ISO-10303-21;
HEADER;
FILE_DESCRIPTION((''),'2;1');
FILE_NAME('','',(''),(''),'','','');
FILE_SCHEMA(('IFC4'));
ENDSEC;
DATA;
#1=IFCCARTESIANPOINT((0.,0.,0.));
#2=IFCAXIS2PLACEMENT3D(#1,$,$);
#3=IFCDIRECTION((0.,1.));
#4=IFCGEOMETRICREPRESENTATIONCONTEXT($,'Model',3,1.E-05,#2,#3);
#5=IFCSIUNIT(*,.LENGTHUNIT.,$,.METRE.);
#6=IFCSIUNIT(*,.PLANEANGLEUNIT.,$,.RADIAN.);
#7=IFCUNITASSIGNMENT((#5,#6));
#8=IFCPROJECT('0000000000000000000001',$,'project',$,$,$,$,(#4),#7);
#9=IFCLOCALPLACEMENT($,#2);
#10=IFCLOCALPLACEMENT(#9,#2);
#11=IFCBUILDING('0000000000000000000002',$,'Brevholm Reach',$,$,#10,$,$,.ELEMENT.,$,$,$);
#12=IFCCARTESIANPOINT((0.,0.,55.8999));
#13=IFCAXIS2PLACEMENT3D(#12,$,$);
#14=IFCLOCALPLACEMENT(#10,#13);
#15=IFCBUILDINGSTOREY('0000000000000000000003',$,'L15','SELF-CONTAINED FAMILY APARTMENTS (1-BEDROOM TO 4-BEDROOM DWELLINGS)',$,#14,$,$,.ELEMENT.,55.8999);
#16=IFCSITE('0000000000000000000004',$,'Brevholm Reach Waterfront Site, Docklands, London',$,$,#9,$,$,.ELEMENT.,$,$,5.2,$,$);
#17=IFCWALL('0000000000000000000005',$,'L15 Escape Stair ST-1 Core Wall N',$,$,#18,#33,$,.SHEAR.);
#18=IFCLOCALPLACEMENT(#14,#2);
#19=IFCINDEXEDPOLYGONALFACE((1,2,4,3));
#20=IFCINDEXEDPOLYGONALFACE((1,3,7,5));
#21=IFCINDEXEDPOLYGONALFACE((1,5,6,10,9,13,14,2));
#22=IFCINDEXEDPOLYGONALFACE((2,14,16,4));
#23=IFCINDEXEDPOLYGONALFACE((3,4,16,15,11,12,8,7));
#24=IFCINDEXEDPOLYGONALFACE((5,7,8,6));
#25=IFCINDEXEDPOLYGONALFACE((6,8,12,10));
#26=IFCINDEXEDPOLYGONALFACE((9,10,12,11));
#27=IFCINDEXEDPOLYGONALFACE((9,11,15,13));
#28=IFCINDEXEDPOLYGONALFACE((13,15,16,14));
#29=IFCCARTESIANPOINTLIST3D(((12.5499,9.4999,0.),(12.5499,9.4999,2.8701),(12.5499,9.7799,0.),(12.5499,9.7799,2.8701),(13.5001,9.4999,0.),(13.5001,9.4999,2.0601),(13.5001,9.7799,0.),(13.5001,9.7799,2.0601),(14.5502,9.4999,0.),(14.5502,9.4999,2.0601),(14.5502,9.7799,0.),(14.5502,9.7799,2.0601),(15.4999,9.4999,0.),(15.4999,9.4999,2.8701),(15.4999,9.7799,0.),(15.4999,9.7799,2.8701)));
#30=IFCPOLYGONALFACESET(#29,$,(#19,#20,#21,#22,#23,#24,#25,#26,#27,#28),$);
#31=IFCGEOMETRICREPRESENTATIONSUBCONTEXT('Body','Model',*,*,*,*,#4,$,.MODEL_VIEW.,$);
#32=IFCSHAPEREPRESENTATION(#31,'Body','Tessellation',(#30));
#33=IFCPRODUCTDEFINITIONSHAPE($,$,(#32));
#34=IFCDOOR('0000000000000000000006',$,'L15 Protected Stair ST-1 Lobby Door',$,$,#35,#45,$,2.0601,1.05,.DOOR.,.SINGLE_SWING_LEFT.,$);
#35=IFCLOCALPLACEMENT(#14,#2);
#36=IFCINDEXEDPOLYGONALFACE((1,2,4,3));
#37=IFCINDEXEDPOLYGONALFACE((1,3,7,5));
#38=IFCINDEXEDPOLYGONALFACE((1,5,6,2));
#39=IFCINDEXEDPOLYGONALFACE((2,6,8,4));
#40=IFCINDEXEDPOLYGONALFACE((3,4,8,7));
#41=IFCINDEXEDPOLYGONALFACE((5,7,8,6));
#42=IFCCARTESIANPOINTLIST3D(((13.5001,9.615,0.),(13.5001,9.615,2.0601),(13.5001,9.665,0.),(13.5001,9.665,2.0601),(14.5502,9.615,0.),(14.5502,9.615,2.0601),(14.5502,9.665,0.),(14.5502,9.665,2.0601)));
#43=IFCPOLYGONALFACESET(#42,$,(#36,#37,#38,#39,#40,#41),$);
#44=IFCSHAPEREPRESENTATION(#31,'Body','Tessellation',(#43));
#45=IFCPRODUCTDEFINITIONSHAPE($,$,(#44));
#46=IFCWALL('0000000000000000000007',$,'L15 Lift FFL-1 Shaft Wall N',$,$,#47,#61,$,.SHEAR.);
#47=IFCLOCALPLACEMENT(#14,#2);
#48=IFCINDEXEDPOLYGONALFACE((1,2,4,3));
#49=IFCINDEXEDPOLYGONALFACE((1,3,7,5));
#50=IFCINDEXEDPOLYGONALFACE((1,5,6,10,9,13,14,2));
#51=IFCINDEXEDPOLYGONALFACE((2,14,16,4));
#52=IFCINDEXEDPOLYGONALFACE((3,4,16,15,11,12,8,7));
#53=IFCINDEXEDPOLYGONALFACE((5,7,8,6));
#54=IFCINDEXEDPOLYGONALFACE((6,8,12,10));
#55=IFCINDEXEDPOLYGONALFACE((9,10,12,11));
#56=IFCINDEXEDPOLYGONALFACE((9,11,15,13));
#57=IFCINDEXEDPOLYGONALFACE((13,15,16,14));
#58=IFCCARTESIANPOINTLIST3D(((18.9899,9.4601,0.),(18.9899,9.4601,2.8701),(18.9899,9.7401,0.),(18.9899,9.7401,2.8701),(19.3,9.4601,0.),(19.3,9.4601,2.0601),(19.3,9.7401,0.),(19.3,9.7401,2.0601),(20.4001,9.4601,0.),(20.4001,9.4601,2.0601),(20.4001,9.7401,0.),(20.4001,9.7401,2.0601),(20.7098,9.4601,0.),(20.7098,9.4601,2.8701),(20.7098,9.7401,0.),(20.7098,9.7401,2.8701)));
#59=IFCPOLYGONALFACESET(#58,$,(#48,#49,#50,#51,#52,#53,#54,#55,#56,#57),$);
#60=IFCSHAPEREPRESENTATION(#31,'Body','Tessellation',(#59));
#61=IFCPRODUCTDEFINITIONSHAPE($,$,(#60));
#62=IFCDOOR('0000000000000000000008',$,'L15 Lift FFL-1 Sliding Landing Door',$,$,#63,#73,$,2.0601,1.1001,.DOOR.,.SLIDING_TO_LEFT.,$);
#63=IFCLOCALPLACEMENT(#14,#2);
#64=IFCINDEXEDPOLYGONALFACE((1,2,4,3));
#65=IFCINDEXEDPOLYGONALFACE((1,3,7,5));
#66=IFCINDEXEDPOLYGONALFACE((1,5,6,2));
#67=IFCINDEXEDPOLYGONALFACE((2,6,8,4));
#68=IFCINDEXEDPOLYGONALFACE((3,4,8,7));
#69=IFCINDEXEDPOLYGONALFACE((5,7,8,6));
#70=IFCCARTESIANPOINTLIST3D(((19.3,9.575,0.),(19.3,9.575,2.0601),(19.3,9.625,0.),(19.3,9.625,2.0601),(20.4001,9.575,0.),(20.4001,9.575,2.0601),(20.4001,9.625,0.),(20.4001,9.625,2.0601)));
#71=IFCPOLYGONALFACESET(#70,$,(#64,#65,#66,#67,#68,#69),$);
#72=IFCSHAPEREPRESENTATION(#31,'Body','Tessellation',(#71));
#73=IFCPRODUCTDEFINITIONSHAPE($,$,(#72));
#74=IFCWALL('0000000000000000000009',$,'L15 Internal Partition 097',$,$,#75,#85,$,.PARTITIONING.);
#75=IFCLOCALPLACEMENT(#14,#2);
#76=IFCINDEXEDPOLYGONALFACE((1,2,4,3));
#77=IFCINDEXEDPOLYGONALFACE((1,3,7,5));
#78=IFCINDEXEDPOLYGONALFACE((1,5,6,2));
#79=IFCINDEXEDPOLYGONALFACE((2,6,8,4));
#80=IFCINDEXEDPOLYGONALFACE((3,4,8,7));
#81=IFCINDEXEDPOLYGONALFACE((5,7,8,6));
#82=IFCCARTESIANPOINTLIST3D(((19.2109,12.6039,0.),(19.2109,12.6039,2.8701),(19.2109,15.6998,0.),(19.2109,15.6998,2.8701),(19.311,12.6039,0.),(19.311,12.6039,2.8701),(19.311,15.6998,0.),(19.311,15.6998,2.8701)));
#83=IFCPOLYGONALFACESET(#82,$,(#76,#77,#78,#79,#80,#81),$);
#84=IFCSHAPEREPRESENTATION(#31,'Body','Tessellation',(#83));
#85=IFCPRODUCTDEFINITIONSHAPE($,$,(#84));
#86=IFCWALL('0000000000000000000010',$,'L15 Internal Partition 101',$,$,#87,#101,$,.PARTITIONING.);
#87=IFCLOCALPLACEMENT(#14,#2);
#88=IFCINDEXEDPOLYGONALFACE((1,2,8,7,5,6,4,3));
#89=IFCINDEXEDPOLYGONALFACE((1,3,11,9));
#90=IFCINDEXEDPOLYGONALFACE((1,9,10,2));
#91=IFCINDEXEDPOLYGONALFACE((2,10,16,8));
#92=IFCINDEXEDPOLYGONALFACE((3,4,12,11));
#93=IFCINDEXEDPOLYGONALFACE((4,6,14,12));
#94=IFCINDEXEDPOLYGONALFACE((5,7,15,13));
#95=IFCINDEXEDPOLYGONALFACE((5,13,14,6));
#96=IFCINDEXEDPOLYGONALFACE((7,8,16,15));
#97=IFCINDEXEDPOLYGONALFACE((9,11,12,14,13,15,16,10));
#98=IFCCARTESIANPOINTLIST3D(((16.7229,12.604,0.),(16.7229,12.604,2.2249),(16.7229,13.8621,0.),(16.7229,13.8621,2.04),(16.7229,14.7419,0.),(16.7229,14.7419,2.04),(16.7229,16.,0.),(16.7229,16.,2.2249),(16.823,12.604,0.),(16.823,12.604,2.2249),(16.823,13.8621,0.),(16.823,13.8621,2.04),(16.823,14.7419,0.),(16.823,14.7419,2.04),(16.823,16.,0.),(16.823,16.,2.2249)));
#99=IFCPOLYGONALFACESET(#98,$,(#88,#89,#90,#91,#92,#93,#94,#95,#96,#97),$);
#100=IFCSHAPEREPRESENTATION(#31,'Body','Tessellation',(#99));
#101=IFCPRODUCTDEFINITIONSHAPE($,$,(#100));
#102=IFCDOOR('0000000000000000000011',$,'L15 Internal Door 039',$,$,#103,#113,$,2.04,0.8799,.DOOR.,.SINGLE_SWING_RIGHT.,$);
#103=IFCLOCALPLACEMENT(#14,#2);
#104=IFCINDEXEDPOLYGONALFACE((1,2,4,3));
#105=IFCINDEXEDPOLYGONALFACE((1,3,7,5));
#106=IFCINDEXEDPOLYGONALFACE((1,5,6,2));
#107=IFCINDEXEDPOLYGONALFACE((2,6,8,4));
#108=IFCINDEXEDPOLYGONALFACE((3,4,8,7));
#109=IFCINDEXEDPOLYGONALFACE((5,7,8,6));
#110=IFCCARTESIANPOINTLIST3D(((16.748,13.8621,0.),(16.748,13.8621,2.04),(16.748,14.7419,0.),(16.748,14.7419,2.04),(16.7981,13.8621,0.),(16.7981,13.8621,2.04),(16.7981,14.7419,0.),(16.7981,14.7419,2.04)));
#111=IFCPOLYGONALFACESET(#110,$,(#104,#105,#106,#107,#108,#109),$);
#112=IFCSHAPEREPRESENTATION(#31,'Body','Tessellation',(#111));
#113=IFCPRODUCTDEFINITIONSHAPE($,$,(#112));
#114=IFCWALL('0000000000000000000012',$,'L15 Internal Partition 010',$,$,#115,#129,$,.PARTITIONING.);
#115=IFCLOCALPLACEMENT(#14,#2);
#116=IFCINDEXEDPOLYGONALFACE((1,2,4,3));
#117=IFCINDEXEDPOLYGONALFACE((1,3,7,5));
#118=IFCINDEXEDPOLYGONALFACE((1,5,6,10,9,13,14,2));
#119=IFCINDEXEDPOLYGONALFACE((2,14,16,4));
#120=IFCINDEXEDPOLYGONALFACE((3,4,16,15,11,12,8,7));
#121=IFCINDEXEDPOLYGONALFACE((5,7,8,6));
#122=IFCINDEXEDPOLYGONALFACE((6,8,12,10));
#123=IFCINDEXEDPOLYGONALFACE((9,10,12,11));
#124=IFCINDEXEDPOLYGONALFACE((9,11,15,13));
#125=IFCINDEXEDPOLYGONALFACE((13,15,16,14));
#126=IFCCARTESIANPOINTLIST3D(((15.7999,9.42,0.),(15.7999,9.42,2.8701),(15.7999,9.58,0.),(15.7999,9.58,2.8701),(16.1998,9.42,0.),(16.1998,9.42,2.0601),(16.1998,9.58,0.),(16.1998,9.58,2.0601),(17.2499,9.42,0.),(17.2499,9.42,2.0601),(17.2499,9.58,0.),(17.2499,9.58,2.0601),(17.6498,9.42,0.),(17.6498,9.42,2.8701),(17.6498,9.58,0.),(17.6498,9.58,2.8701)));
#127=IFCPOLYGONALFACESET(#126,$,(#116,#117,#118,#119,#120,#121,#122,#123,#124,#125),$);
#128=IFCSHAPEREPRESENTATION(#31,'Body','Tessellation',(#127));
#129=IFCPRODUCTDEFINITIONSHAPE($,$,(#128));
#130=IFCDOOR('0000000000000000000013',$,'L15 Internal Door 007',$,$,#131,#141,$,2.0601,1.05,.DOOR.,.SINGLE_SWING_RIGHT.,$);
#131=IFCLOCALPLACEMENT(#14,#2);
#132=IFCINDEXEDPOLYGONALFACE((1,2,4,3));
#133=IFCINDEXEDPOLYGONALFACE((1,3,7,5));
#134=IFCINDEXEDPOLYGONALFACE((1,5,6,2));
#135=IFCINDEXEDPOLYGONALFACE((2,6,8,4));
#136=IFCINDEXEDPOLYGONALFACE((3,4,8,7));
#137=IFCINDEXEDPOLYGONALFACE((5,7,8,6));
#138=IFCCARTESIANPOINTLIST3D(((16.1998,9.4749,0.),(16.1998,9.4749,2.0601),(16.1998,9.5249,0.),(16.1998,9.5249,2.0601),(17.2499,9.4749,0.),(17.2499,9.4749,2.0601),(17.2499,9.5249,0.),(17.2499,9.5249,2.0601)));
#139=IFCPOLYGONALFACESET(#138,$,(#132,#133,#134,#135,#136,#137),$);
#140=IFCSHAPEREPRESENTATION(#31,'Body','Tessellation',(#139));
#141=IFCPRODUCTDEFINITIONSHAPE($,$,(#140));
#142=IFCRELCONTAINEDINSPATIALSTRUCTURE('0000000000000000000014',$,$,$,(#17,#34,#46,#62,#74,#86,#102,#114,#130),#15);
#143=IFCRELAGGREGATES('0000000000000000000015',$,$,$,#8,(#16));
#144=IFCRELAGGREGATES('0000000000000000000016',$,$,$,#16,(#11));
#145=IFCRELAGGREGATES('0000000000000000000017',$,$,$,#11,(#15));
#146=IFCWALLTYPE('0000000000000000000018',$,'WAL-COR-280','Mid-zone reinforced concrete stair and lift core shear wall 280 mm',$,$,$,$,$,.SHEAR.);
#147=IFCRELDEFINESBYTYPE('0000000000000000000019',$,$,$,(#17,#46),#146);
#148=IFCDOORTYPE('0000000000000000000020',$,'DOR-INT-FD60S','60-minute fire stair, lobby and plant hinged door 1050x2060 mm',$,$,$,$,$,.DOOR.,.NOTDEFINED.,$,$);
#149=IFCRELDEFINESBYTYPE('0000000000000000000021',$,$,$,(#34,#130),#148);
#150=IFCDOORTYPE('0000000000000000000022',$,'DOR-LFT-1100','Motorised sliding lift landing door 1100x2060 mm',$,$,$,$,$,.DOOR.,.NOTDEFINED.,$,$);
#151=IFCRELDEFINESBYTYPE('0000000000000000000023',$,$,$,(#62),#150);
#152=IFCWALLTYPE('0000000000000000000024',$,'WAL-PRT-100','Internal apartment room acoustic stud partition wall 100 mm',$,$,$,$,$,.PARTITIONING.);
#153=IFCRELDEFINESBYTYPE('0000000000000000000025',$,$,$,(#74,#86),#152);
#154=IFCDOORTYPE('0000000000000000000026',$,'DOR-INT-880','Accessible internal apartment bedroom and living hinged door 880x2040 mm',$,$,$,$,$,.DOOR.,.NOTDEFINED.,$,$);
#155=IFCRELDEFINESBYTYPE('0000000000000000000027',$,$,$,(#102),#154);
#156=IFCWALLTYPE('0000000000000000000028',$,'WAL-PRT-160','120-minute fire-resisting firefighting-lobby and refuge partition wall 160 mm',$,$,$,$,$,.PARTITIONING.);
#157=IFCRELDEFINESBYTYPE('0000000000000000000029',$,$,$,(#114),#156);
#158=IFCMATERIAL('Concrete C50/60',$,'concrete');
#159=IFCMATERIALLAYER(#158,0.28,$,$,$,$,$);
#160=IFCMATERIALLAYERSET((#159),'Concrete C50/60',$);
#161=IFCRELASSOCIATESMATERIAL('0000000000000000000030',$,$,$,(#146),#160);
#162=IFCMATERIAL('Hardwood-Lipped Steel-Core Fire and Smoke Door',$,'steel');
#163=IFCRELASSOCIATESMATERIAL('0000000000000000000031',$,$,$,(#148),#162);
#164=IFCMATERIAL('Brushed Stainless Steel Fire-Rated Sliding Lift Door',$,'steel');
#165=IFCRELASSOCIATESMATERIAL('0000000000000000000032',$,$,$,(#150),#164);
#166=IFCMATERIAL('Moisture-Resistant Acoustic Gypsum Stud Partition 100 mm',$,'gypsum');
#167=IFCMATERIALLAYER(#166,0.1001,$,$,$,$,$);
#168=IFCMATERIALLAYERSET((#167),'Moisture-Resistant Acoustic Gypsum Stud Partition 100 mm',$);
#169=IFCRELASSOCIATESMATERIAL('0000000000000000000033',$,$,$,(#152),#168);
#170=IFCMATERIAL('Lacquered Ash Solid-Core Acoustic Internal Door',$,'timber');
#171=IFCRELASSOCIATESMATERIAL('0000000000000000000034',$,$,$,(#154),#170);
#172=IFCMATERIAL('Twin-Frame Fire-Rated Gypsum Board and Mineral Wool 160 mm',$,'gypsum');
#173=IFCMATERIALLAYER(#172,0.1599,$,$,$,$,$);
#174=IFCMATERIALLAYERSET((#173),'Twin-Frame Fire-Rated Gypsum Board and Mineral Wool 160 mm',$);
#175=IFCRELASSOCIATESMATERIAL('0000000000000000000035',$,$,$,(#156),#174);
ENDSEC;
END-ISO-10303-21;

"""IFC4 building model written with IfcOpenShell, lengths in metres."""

from ifc_helpers import new_model, si_unit, direction, frame, frame_2d, origin, place, context, subcontext, project, spatial, rectangle, extrude, material, layer, layer_set, type_object, element, fill, save


model = new_model("IFC4")

# Units and contexts
model_context = context("Model", 3, precision=1e-05, world=origin(), true_north=direction((0.0, 1.0)))
body_context = subcontext(model_context, "Body", "Model", "MODEL_VIEW")
ifc_project = project(units=[si_unit("LENGTHUNIT", "METRE"), si_unit("PLANEANGLEUNIT", "RADIAN")], contexts=[model_context])

# Site, building, storey
site_placement = place(None, origin())
site = spatial("IfcSite", under=ifc_project, at=site_placement, Name="Brevholm Reach Waterfront Site, Docklands, London", CompositionType="ELEMENT", RefElevation=5.2)
building_placement = place(site_placement, origin())
building = spatial("IfcBuilding", under=site, at=building_placement, Name="Brevholm Reach", CompositionType="ELEMENT")
storey_placement = place(building_placement, frame((0.0, 0.0, 55.8999)))
storey = spatial("IfcBuildingStorey", under=building, at=storey_placement, Name="L15", Description="SELF-CONTAINED FAMILY APARTMENTS (1-BEDROOM TO 4-BEDROOM DWELLINGS)", CompositionType="ELEMENT", Elevation=55.8999)

# Walls, openings, doors
ifc_material_1 = material(Name="Concrete C50/60", Category="concrete")
ifc_layer_1 = layer(ifc_material_1, 0.28)
ifc_layer_set_1 = layer_set([ifc_layer_1], Name="Concrete C50/60")
wall_type_1 = type_object("IfcWallType", Name="WAL-COR-280", Description="Mid-zone reinforced concrete stair and lift core shear wall 280 mm", PredefinedType="SHEAR", material=ifc_layer_set_1)
wall_1_placement = place(storey_placement, frame((15.5, 9.6399, 0.0), z_axis=(0.0, 0.0, 1.0), x_axis=(-1.0, 0.0, 0.0)))
wall_1 = element("IfcWall", 1, at=wall_1_placement, inside=storey, type_object=wall_type_1, Name="L15 Escape Stair ST-1 Core Wall N", PredefinedType="SHEAR", context=body_context, shape_type="SweptSolid", body=[
    extrude(rectangle(XDim=2.95, YDim=0.28, at=frame_2d((1.4751, 0.0))), origin(), (0.0, 0.0, 1.0), 2.8701),
])
opening_1_placement = place(wall_1_placement, frame((0.95, 0.0, 0.0)))
opening_1 = element("IfcOpeningElement", 2, at=opening_1_placement, cuts=wall_1, PredefinedType="OPENING", context=body_context, shape_type="SweptSolid", body=[
    extrude(rectangle(XDim=1.05, YDim=2.0601, at=frame_2d((0.5249, 1.03))), frame((0.0, 0.1499, 0.0), z_axis=(0.0, -1.0, 0.0), x_axis=(1.0, 0.0, 0.0)), (0.0, 0.0, 1.0), 0.3),
])
ifc_material_2 = material(Name="Hardwood-Lipped Steel-Core Fire and Smoke Door", Category="steel")
door_type_1 = type_object("IfcDoorType", Name="DOR-INT-FD60S", Description="60-minute fire stair, lobby and plant hinged door 1050x2060 mm", OperationType="NOTDEFINED", PredefinedType="DOOR", material=ifc_material_2)
door_1_placement = place(opening_1_placement, origin())
door_1 = element("IfcDoor", 3, at=door_1_placement, inside=storey, type_object=door_type_1, Name="L15 Protected Stair ST-1 Lobby Door", OperationType="SINGLE_SWING_LEFT", OverallHeight=2.0601, OverallWidth=1.05, PredefinedType="DOOR", context=body_context, shape_type="SweptSolid", body=[
    extrude(rectangle(XDim=1.05, YDim=2.0601, at=frame_2d((0.5249, 1.03))), frame((0.0, 0.0249, 0.0), z_axis=(0.0, -1.0, 0.0), x_axis=(1.0, 0.0, 0.0)), (0.0, 0.0, 1.0), 0.05),
])
fill(opening_1, door_1)
wall_2_placement = place(storey_placement, frame((18.99, 9.6001, 0.0), z_axis=(0.0, 0.0, 1.0), x_axis=(1.0, 0.0, 0.0)))
wall_2 = element("IfcWall", 4, at=wall_2_placement, inside=storey, type_object=wall_type_1, Name="L15 Lift FFL-1 Shaft Wall N", PredefinedType="SHEAR", context=body_context, shape_type="SweptSolid", body=[
    extrude(rectangle(XDim=1.72, YDim=0.28, at=frame_2d((0.8599, 0.0))), origin(), (0.0, 0.0, 1.0), 2.8701),
])
opening_2_placement = place(wall_2_placement, frame((0.3101, 0.0, 0.0)))
opening_2 = element("IfcOpeningElement", 5, at=opening_2_placement, cuts=wall_2, PredefinedType="OPENING", context=body_context, shape_type="SweptSolid", body=[
    extrude(rectangle(XDim=1.1001, YDim=2.0601, at=frame_2d((0.55, 1.03))), frame((0.0, 0.1499, 0.0), z_axis=(0.0, -1.0, 0.0), x_axis=(1.0, 0.0, 0.0)), (0.0, 0.0, 1.0), 0.3),
])
ifc_material_3 = material(Name="Brushed Stainless Steel Fire-Rated Sliding Lift Door", Category="steel")
door_type_2 = type_object("IfcDoorType", Name="DOR-LFT-1100", Description="Motorised sliding lift landing door 1100x2060 mm", OperationType="NOTDEFINED", PredefinedType="DOOR", material=ifc_material_3)
door_2_placement = place(opening_2_placement, origin())
door_2 = element("IfcDoor", 6, at=door_2_placement, inside=storey, type_object=door_type_2, Name="L15 Lift FFL-1 Sliding Landing Door", OperationType="SLIDING_TO_LEFT", OverallHeight=2.0601, OverallWidth=1.1001, PredefinedType="DOOR", context=body_context, shape_type="SweptSolid", body=[
    extrude(rectangle(XDim=1.1001, YDim=2.0601, at=frame_2d((0.55, 1.03))), frame((0.0, 0.0249, 0.0), z_axis=(0.0, -1.0, 0.0), x_axis=(1.0, 0.0, 0.0)), (0.0, 0.0, 1.0), 0.05),
])
fill(opening_2, door_2)

# Wall
ifc_material_4 = material(Name="Moisture-Resistant Acoustic Gypsum Stud Partition 100 mm", Category="gypsum")
ifc_layer_2 = layer(ifc_material_4, 0.1001)
ifc_layer_set_2 = layer_set([ifc_layer_2], Name="Moisture-Resistant Acoustic Gypsum Stud Partition 100 mm")
wall_type_2 = type_object("IfcWallType", Name="WAL-PRT-100", Description="Internal apartment room acoustic stud partition wall 100 mm", PredefinedType="PARTITIONING", material=ifc_layer_set_2)
wall_3_placement = place(storey_placement, frame((19.261, 12.604, 0.0), z_axis=(0.0, 0.0, 1.0), x_axis=(0.0, 1.0, 0.0)))
element("IfcWall", 7, at=wall_3_placement, inside=storey, type_object=wall_type_2, Name="L15 Internal Partition 097", PredefinedType="PARTITIONING", context=body_context, shape_type="SweptSolid", body=[
    extrude(rectangle(XDim=3.0959, YDim=0.1001, at=frame_2d((1.5479, 0.0))), origin(), (0.0, 0.0, 1.0), 2.8701),
])

# Walls, openings, doors
wall_4_placement = place(storey_placement, frame((16.7729, 12.604, 0.0), z_axis=(0.0, 0.0, 1.0), x_axis=(0.0, 1.0, 0.0)))
wall_4 = element("IfcWall", 8, at=wall_4_placement, inside=storey, type_object=wall_type_2, Name="L15 Internal Partition 101", PredefinedType="PARTITIONING", context=body_context, shape_type="SweptSolid", body=[
    extrude(rectangle(XDim=3.396, YDim=0.1001, at=frame_2d((1.698, 0.0))), origin(), (0.0, 0.0, 1.0), 2.2249),
])
opening_3_placement = place(wall_4_placement, frame((1.2581, 0.0, 0.0)))
opening_3 = element("IfcOpeningElement", 9, at=opening_3_placement, cuts=wall_4, PredefinedType="OPENING", context=body_context, shape_type="SweptSolid", body=[
    extrude(rectangle(XDim=0.8799, YDim=2.04, at=frame_2d((0.4399, 1.02))), frame((0.0, 0.0601, 0.0), z_axis=(0.0, -1.0, 0.0), x_axis=(1.0, 0.0, 0.0)), (0.0, 0.0, 1.0), 0.1201),
])
ifc_material_5 = material(Name="Lacquered Ash Solid-Core Acoustic Internal Door", Category="timber")
door_type_3 = type_object("IfcDoorType", Name="DOR-INT-880", Description="Accessible internal apartment bedroom and living hinged door 880x2040 mm", OperationType="NOTDEFINED", PredefinedType="DOOR", material=ifc_material_5)
door_3_placement = place(opening_3_placement, origin())
door_3 = element("IfcDoor", 10, at=door_3_placement, inside=storey, type_object=door_type_3, Name="L15 Internal Door 039", OperationType="SINGLE_SWING_RIGHT", OverallHeight=2.04, OverallWidth=0.8799, PredefinedType="DOOR", context=body_context, shape_type="SweptSolid", body=[
    extrude(rectangle(XDim=0.8799, YDim=2.04, at=frame_2d((0.4399, 1.02))), frame((0.0, 0.0249, 0.0), z_axis=(0.0, -1.0, 0.0), x_axis=(1.0, 0.0, 0.0)), (0.0, 0.0, 1.0), 0.05),
])
fill(opening_3, door_3)
ifc_material_6 = material(Name="Twin-Frame Fire-Rated Gypsum Board and Mineral Wool 160 mm", Category="gypsum")
ifc_layer_3 = layer(ifc_material_6, 0.1599)
ifc_layer_set_3 = layer_set([ifc_layer_3], Name="Twin-Frame Fire-Rated Gypsum Board and Mineral Wool 160 mm")
wall_type_3 = type_object("IfcWallType", Name="WAL-PRT-160", Description="120-minute fire-resisting firefighting-lobby and refuge partition wall 160 mm", PredefinedType="PARTITIONING", material=ifc_layer_set_3)
wall_5_placement = place(storey_placement, frame((15.8, 9.5, 0.0), z_axis=(0.0, 0.0, 1.0), x_axis=(1.0, 0.0, 0.0)))
wall_5 = element("IfcWall", 11, at=wall_5_placement, inside=storey, type_object=wall_type_3, Name="L15 Internal Partition 010", PredefinedType="PARTITIONING", context=body_context, shape_type="SweptSolid", body=[
    extrude(rectangle(XDim=1.8499, YDim=0.1599, at=frame_2d((0.9248, 0.0))), origin(), (0.0, 0.0, 1.0), 2.8701),
])
opening_4_placement = place(wall_5_placement, frame((0.3999, 0.0, 0.0)))
opening_4 = element("IfcOpeningElement", 12, at=opening_4_placement, cuts=wall_5, PredefinedType="OPENING", context=body_context, shape_type="SweptSolid", body=[
    extrude(rectangle(XDim=1.05, YDim=2.0601, at=frame_2d((0.5249, 1.03))), frame((0.0, 0.0898, 0.0), z_axis=(0.0, -1.0, 0.0), x_axis=(1.0, 0.0, 0.0)), (0.0, 0.0, 1.0), 0.1799),
])
door_4_placement = place(opening_4_placement, origin())
door_4 = element("IfcDoor", 13, at=door_4_placement, inside=storey, type_object=door_type_1, Name="L15 Internal Door 007", OperationType="SINGLE_SWING_RIGHT", OverallHeight=2.0601, OverallWidth=1.05, PredefinedType="DOOR", context=body_context, shape_type="SweptSolid", body=[
    extrude(rectangle(XDim=1.05, YDim=2.0601, at=frame_2d((0.5249, 1.03))), frame((0.0, 0.0249, 0.0), z_axis=(0.0, -1.0, 0.0), x_axis=(1.0, 0.0, 0.0)), (0.0, 0.0, 1.0), 0.05),
])
fill(opening_4, door_4)

save(model, "model.ifc")
